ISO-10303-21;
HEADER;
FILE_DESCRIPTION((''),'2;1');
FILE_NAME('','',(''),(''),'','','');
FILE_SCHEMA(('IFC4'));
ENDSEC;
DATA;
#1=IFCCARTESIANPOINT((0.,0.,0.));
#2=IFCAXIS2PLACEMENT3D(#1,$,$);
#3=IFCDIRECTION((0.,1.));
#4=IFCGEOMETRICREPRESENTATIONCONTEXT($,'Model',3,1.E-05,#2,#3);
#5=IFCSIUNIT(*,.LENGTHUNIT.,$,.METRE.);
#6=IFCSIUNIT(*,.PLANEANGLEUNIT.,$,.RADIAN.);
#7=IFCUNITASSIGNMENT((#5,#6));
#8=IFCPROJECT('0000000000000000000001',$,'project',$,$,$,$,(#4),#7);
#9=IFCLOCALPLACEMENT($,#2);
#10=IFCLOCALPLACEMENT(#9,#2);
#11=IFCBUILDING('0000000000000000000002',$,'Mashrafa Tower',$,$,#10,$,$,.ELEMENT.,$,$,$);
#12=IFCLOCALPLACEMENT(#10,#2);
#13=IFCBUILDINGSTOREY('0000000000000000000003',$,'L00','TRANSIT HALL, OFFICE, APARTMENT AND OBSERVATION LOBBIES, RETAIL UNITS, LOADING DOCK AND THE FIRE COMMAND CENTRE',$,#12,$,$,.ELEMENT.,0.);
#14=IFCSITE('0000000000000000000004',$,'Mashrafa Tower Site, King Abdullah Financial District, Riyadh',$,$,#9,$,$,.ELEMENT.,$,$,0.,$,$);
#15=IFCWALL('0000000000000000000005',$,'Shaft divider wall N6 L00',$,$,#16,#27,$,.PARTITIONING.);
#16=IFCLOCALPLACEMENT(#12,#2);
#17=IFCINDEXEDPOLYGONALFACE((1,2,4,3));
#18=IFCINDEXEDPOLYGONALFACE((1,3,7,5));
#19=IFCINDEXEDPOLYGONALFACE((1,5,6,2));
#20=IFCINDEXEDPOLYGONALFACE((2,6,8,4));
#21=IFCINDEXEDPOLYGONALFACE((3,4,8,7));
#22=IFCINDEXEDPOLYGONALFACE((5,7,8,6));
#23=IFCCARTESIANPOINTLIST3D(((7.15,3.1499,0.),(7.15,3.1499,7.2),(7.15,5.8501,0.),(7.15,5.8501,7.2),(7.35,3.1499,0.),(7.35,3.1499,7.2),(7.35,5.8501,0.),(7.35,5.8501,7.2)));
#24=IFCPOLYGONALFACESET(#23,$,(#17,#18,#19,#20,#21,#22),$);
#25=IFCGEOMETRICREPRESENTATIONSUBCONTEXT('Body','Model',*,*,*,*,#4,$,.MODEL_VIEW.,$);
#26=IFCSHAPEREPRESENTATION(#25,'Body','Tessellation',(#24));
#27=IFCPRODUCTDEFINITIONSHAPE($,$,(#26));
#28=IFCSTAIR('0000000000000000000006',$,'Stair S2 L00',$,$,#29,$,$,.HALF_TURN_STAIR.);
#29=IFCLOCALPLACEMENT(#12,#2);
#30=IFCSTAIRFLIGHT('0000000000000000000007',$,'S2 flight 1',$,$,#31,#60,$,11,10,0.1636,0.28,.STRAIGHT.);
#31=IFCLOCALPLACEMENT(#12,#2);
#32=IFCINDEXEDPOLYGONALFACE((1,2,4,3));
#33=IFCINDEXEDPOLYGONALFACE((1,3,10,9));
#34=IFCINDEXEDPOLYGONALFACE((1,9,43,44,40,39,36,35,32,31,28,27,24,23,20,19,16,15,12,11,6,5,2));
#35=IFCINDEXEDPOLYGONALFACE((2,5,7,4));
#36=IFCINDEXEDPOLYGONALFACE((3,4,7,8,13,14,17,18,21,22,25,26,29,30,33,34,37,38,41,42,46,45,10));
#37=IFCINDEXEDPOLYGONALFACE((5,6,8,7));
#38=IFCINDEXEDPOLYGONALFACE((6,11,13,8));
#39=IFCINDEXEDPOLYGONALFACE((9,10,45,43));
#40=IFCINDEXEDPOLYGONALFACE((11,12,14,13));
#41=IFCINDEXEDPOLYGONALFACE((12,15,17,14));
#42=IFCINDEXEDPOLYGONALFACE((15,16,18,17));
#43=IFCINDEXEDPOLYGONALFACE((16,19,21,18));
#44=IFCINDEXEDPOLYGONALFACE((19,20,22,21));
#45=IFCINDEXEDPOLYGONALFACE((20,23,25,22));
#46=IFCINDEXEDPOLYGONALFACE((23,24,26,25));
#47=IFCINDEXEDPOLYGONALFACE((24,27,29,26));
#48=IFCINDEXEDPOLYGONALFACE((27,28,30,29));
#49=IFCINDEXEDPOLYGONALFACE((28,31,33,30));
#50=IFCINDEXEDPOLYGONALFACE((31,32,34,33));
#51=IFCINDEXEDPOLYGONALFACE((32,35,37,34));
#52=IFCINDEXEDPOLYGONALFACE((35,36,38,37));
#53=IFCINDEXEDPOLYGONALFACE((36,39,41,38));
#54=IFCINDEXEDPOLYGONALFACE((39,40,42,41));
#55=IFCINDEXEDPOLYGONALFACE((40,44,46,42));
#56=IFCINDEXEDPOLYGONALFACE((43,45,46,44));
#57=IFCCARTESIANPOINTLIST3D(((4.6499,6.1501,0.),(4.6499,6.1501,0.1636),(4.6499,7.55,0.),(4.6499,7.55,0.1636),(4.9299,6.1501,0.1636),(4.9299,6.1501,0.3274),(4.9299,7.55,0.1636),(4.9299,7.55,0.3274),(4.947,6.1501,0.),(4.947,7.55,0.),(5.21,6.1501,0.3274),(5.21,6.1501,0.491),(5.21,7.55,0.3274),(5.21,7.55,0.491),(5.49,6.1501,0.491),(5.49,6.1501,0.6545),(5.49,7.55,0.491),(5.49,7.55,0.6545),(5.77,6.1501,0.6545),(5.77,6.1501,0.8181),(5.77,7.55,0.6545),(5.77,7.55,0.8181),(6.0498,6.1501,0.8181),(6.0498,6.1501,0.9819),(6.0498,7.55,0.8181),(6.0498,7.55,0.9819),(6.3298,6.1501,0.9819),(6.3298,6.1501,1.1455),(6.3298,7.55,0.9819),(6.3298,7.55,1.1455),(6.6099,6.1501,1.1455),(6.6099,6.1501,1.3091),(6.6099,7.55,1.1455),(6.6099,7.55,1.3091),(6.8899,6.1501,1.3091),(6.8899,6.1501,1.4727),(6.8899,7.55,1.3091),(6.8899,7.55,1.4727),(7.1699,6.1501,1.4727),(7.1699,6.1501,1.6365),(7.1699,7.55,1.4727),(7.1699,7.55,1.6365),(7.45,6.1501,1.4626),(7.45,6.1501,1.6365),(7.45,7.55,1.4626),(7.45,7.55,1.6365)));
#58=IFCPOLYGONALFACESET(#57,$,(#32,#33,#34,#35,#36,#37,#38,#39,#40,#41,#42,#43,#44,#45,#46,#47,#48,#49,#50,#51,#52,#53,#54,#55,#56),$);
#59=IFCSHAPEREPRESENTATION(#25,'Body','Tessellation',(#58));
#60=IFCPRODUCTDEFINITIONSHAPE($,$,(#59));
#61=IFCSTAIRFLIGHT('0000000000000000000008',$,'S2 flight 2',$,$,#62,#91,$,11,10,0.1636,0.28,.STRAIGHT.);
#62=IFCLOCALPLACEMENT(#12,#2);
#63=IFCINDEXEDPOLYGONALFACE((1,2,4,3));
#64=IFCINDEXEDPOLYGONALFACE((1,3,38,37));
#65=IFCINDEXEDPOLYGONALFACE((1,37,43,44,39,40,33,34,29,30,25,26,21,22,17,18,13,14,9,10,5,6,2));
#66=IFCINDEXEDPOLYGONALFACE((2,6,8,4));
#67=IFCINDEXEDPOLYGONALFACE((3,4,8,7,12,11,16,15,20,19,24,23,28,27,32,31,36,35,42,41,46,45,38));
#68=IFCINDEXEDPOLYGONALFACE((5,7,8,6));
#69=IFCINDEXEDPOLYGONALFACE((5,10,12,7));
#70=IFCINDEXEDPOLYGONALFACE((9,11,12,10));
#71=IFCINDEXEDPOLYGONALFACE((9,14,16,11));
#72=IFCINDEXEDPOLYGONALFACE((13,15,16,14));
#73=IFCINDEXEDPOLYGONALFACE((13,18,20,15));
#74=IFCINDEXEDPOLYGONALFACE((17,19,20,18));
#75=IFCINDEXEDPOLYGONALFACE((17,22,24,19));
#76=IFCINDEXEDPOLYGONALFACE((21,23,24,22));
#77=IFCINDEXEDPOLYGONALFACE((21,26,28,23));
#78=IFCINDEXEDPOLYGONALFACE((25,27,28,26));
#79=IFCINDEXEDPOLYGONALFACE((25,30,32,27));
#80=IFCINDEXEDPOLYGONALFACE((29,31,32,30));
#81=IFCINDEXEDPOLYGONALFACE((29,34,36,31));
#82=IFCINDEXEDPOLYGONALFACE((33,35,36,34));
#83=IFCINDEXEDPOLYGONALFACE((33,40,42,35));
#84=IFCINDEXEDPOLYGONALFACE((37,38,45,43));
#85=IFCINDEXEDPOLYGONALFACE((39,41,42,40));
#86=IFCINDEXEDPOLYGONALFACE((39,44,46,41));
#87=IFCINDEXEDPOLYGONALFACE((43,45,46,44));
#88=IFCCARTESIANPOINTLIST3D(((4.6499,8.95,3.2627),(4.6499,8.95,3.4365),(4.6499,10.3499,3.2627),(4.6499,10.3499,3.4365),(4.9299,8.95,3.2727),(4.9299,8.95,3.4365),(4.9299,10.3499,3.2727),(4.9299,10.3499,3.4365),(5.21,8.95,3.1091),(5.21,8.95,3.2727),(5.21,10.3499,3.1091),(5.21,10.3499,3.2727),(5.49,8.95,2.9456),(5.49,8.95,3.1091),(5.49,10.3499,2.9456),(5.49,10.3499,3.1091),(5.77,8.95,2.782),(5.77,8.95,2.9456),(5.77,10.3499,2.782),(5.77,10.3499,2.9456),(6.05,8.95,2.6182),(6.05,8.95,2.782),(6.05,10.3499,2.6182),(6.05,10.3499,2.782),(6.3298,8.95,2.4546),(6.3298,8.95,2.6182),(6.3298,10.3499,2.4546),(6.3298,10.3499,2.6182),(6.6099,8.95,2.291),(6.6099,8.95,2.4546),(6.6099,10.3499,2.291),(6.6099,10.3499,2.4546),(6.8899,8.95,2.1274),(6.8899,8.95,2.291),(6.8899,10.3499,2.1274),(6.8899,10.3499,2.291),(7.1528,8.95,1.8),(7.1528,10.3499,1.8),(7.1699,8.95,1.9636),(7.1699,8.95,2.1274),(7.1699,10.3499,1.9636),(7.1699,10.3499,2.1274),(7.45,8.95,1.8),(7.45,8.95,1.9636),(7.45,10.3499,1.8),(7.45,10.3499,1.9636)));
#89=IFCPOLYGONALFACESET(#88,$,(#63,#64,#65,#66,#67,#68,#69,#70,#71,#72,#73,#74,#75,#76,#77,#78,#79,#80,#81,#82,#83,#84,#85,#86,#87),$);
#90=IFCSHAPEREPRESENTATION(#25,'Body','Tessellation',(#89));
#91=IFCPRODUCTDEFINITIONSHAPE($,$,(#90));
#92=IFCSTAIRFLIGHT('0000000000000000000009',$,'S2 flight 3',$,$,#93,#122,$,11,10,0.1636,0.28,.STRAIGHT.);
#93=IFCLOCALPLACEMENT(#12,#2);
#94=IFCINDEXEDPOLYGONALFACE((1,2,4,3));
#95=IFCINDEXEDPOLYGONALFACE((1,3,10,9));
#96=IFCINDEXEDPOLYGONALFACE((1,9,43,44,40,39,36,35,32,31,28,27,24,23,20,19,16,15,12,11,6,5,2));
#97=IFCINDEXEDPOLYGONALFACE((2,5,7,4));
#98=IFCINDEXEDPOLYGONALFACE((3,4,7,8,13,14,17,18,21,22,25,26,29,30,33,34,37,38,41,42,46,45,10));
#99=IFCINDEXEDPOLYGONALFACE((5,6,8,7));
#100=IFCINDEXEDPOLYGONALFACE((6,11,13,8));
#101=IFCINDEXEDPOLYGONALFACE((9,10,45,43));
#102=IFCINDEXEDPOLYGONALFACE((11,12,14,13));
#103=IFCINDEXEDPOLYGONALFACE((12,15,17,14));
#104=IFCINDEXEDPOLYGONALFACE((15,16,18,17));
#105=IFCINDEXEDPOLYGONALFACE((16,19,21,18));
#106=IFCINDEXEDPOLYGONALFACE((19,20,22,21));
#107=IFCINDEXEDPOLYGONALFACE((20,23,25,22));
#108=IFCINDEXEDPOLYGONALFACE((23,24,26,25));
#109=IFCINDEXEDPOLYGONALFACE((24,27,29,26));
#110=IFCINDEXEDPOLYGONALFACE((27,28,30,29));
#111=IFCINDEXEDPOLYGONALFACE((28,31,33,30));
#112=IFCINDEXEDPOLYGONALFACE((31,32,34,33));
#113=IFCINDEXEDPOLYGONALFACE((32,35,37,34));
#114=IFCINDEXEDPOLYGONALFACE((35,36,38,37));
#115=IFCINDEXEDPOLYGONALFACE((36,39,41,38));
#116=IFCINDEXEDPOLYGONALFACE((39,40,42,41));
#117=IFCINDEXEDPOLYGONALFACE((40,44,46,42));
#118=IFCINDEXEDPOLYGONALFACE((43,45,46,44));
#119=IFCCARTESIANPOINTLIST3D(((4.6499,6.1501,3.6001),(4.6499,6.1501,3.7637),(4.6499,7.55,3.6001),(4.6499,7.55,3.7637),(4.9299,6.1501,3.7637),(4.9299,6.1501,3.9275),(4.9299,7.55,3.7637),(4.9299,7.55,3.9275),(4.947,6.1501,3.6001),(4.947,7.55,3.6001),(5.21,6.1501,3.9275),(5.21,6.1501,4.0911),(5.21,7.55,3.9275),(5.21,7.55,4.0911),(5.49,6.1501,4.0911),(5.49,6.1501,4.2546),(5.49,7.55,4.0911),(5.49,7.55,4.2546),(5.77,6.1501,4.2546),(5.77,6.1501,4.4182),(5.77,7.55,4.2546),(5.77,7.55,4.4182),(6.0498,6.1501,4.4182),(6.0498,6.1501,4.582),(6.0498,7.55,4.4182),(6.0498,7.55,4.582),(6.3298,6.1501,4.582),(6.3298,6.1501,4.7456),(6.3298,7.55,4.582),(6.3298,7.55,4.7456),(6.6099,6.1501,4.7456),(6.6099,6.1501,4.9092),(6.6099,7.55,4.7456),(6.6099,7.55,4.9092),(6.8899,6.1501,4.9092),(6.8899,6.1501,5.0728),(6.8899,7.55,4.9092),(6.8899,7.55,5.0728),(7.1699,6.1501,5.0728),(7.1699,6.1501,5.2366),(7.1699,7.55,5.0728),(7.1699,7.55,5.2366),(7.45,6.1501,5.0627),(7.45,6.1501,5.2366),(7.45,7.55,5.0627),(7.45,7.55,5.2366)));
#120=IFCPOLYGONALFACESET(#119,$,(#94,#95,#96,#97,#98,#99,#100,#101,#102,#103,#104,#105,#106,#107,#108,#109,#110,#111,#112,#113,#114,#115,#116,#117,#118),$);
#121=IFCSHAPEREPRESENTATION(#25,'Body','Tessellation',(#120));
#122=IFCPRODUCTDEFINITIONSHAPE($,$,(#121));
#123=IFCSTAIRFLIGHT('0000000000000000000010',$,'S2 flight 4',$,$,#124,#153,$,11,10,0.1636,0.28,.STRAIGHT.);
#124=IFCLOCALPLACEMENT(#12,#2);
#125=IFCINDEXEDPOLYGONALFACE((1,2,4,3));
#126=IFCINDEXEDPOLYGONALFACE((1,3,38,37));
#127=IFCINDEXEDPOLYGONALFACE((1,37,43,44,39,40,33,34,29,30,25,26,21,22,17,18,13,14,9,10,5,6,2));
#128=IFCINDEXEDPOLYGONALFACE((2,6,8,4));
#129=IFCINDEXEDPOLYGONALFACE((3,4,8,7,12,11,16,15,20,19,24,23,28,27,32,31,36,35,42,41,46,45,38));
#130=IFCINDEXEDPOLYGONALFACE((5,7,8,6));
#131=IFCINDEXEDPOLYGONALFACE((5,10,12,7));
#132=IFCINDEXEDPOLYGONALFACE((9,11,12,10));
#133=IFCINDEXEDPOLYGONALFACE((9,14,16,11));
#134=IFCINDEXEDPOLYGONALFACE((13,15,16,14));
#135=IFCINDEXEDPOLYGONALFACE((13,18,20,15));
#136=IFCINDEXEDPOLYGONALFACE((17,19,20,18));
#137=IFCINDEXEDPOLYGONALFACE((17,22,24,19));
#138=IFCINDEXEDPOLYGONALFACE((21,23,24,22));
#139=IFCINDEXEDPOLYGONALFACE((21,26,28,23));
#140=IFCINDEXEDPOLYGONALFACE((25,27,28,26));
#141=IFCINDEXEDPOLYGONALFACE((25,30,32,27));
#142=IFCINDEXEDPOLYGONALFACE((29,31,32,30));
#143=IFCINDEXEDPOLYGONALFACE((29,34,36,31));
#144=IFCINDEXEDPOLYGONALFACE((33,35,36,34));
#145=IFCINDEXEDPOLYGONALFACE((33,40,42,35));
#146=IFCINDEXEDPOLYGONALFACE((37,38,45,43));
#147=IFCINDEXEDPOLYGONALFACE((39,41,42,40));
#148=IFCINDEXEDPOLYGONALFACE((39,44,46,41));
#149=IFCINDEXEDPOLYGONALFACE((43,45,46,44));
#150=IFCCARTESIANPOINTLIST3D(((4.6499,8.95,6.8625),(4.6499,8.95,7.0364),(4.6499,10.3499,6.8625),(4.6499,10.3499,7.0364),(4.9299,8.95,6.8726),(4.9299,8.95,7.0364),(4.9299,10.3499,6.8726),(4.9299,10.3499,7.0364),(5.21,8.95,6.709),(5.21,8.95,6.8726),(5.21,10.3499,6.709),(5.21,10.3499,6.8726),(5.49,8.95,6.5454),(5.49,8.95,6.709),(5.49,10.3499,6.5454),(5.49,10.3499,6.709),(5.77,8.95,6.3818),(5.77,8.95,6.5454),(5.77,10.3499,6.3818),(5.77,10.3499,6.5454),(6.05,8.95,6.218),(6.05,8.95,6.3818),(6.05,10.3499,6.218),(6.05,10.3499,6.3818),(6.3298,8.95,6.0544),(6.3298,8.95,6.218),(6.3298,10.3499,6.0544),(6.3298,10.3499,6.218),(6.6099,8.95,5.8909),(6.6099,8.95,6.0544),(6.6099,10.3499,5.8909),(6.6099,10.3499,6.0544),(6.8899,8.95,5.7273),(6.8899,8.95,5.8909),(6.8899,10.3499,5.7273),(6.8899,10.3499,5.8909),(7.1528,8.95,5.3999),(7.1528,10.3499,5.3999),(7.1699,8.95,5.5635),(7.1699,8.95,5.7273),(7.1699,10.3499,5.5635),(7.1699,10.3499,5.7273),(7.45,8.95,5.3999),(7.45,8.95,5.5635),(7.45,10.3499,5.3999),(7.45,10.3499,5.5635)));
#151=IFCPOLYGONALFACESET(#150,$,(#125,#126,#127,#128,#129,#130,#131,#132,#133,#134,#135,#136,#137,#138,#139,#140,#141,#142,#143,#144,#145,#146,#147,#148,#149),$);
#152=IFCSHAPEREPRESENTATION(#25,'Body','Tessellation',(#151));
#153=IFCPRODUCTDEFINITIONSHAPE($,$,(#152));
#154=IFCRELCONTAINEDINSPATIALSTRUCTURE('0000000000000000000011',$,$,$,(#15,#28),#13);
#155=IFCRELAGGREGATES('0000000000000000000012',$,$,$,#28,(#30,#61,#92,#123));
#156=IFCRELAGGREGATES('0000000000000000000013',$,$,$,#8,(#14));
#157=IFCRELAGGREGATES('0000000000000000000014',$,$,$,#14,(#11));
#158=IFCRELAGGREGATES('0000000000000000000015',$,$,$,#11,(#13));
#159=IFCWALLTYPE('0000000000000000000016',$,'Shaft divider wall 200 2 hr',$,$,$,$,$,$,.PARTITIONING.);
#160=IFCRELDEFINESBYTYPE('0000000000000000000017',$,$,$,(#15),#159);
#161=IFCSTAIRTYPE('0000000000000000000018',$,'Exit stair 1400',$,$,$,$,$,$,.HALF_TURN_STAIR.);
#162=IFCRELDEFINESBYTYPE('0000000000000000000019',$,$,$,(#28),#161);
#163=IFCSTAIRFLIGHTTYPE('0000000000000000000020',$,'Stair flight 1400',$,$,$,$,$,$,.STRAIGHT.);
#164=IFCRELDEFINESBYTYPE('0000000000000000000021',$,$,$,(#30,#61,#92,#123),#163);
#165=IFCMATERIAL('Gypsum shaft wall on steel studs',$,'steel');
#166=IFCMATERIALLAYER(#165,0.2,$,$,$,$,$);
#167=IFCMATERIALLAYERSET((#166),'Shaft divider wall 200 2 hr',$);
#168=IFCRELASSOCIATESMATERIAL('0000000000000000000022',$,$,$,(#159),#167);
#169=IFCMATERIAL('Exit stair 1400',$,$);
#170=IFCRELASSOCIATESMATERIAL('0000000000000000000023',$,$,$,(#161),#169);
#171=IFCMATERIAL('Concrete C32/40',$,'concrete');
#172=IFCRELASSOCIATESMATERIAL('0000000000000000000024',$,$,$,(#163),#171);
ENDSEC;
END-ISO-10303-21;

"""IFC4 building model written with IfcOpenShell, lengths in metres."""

from ifc_helpers import new_model, si_unit, direction, frame, frame_2d, origin, place, context, subcontext, project, spatial, polyline, rectangle, outline, extrude, material, layer, layer_set, type_object, element, aggregate, save


model = new_model("IFC4")

# Units and contexts
model_context = context("Model", 3, precision=1e-05, world=origin(), true_north=direction((0.0, 1.0)))
body_context = subcontext(model_context, "Body", "Model", "MODEL_VIEW")
ifc_project = project(units=[si_unit("LENGTHUNIT", "METRE"), si_unit("PLANEANGLEUNIT", "RADIAN")], contexts=[model_context])

# Site, building, storey
site_placement = place(None, origin())
site = spatial("IfcSite", under=ifc_project, at=site_placement, Name="Mashrafa Tower Site, King Abdullah Financial District, Riyadh", CompositionType="ELEMENT", RefElevation=0.0)
building_placement = place(site_placement, origin())
building = spatial("IfcBuilding", under=site, at=building_placement, Name="Mashrafa Tower", CompositionType="ELEMENT")
storey_placement = place(building_placement, origin())
storey = spatial("IfcBuildingStorey", under=building, at=storey_placement, Name="L00", Description="TRANSIT HALL, OFFICE, APARTMENT AND OBSERVATION LOBBIES, RETAIL UNITS, LOADING DOCK AND THE FIRE COMMAND CENTRE", CompositionType="ELEMENT", Elevation=0.0)

# Wall
ifc_material_1 = material(Name="Gypsum shaft wall on steel studs", Category="steel")
ifc_layer_1 = layer(ifc_material_1, 0.2)
ifc_layer_set_1 = layer_set([ifc_layer_1], Name="Shaft divider wall 200 2 hr")
wall_type_1 = type_object("IfcWallType", Name="Shaft divider wall 200 2 hr", PredefinedType="PARTITIONING", material=ifc_layer_set_1)
wall_1_placement = place(storey_placement, frame((7.25, 3.1499, 0.0), z_axis=(0.0, 0.0, 1.0), x_axis=(0.0, 1.0, 0.0)))
element("IfcWall", 1, at=wall_1_placement, inside=storey, type_object=wall_type_1, Name="Shaft divider wall N6 L00", PredefinedType="PARTITIONING", context=body_context, shape_type="SweptSolid", body=[
    extrude(rectangle(XDim=2.7002, YDim=0.2, at=frame_2d((1.3501, 0.0))), origin(), (0.0, 0.0, 1.0), 7.2),
])

# Stair, stair flights
ifc_material_2 = material(Name="Exit stair 1400")
stair_type = type_object("IfcStairType", Name="Exit stair 1400", PredefinedType="HALF_TURN_STAIR", material=ifc_material_2)
stair_placement = place(storey_placement, origin())
stair = element("IfcStair", 2, at=stair_placement, inside=storey, type_object=stair_type, Name="Stair S2 L00", PredefinedType="HALF_TURN_STAIR")
ifc_material_3 = material(Name="Concrete C32/40", Category="concrete")
stair_flight_type = type_object("IfcStairFlightType", Name="Stair flight 1400", PredefinedType="STRAIGHT", material=ifc_material_3)
stair_flight_1_placement = place(storey_placement, frame((4.6499, 6.8501, 0.0), z_axis=(0.0, 0.0, 1.0), x_axis=(1.0, 0.0, 0.0)))
stair_flight_1 = element("IfcStairFlight", 3, at=stair_flight_1_placement, type_object=stair_flight_type, Name="S2 flight 1", NumberOfRisers=11, NumberOfTreads=10, PredefinedType="STRAIGHT", RiserHeight=0.1636, TreadLength=0.28, context=body_context, shape_type="SweptSolid", body=[
    extrude(outline(polyline([(0.0, 0.0), (0.0, 0.1636), (0.28, 0.1636), (0.28, 0.3274), (0.5601, 0.3274), (0.5601, 0.491), (0.8401, 0.491), (0.8401, 0.6545), (1.1201, 0.6545), (1.1201, 0.8181), (1.3999, 0.8181), (1.3999, 0.9819), (1.6799, 0.9819), (1.6799, 1.1455), (1.96, 1.1455), (1.96, 1.3091), (2.24, 1.3091), (2.24, 1.4727), (2.52, 1.4727), (2.52, 1.6365), (2.8, 1.6365), (2.8, 1.8), (2.8, 1.4626), (0.2971, 0.0), (0.0, 0.0)])), frame((0.0, 0.7, 0.0), z_axis=(0.0, -1.0, 0.0), x_axis=(1.0, 0.0, 0.0)), (0.0, 0.0, 1.0), 1.3999),
])
stair_flight_2_placement = place(storey_placement, frame((7.45, 9.6499, 1.8), z_axis=(0.0, 0.0, 1.0), x_axis=(-1.0, 0.0, 0.0)))
stair_flight_2 = element("IfcStairFlight", 4, at=stair_flight_2_placement, type_object=stair_flight_type, Name="S2 flight 2", NumberOfRisers=11, NumberOfTreads=10, PredefinedType="STRAIGHT", RiserHeight=0.1636, TreadLength=0.28, context=body_context, shape_type="SweptSolid", body=[
    extrude(outline(polyline([(0.0, 0.0), (0.0, 0.1636), (0.28, 0.1636), (0.28, 0.3274), (0.5601, 0.3274), (0.5601, 0.491), (0.8401, 0.491), (0.8401, 0.6545), (1.1201, 0.6545), (1.1201, 0.8181), (1.3999, 0.8181), (1.3999, 0.9819), (1.6799, 0.9819), (1.6799, 1.1455), (1.96, 1.1455), (1.96, 1.3091), (2.24, 1.3091), (2.24, 1.4727), (2.52, 1.4727), (2.52, 1.6365), (2.8, 1.6365), (2.8, 1.8), (2.8, 1.4626), (0.2971, 0.0), (0.0, 0.0)])), frame((0.0, 0.7, 0.0), z_axis=(0.0, -1.0, 0.0), x_axis=(1.0, 0.0, 0.0)), (0.0, 0.0, 1.0), 1.3999),
])
stair_flight_3_placement = place(storey_placement, frame((4.6499, 6.8501, 3.6001), z_axis=(0.0, 0.0, 1.0), x_axis=(1.0, 0.0, 0.0)))
stair_flight_3 = element("IfcStairFlight", 5, at=stair_flight_3_placement, type_object=stair_flight_type, Name="S2 flight 3", NumberOfRisers=11, NumberOfTreads=10, PredefinedType="STRAIGHT", RiserHeight=0.1636, TreadLength=0.28, context=body_context, shape_type="SweptSolid", body=[
    extrude(outline(polyline([(0.0, 0.0), (0.0, 0.1636), (0.28, 0.1636), (0.28, 0.3274), (0.5601, 0.3274), (0.5601, 0.491), (0.8401, 0.491), (0.8401, 0.6545), (1.1201, 0.6545), (1.1201, 0.8181), (1.3999, 0.8181), (1.3999, 0.9819), (1.6799, 0.9819), (1.6799, 1.1455), (1.96, 1.1455), (1.96, 1.3091), (2.24, 1.3091), (2.24, 1.4727), (2.52, 1.4727), (2.52, 1.6365), (2.8, 1.6365), (2.8, 1.8), (2.8, 1.4626), (0.2971, 0.0), (0.0, 0.0)])), frame((0.0, 0.7, 0.0), z_axis=(0.0, -1.0, 0.0), x_axis=(1.0, 0.0, 0.0)), (0.0, 0.0, 1.0), 1.3999),
])
stair_flight_4_placement = place(storey_placement, frame((7.45, 9.6499, 5.3999), z_axis=(0.0, 0.0, 1.0), x_axis=(-1.0, 0.0, 0.0)))
stair_flight_4 = element("IfcStairFlight", 6, at=stair_flight_4_placement, type_object=stair_flight_type, Name="S2 flight 4", NumberOfRisers=11, NumberOfTreads=10, PredefinedType="STRAIGHT", RiserHeight=0.1636, TreadLength=0.28, context=body_context, shape_type="SweptSolid", body=[
    extrude(outline(polyline([(0.0, 0.0), (0.0, 0.1636), (0.28, 0.1636), (0.28, 0.3274), (0.5601, 0.3274), (0.5601, 0.491), (0.8401, 0.491), (0.8401, 0.6545), (1.1201, 0.6545), (1.1201, 0.8181), (1.3999, 0.8181), (1.3999, 0.9819), (1.6799, 0.9819), (1.6799, 1.1455), (1.96, 1.1455), (1.96, 1.3091), (2.24, 1.3091), (2.24, 1.4727), (2.52, 1.4727), (2.52, 1.6365), (2.8, 1.6365), (2.8, 1.8), (2.8, 1.4626), (0.2971, 0.0), (0.0, 0.0)])), frame((0.0, 0.7, 0.0), z_axis=(0.0, -1.0, 0.0), x_axis=(1.0, 0.0, 0.0)), (0.0, 0.0, 1.0), 1.3999),
])
aggregate(stair, [stair_flight_1, stair_flight_2, stair_flight_3, stair_flight_4])

save(model, "model.ifc")
